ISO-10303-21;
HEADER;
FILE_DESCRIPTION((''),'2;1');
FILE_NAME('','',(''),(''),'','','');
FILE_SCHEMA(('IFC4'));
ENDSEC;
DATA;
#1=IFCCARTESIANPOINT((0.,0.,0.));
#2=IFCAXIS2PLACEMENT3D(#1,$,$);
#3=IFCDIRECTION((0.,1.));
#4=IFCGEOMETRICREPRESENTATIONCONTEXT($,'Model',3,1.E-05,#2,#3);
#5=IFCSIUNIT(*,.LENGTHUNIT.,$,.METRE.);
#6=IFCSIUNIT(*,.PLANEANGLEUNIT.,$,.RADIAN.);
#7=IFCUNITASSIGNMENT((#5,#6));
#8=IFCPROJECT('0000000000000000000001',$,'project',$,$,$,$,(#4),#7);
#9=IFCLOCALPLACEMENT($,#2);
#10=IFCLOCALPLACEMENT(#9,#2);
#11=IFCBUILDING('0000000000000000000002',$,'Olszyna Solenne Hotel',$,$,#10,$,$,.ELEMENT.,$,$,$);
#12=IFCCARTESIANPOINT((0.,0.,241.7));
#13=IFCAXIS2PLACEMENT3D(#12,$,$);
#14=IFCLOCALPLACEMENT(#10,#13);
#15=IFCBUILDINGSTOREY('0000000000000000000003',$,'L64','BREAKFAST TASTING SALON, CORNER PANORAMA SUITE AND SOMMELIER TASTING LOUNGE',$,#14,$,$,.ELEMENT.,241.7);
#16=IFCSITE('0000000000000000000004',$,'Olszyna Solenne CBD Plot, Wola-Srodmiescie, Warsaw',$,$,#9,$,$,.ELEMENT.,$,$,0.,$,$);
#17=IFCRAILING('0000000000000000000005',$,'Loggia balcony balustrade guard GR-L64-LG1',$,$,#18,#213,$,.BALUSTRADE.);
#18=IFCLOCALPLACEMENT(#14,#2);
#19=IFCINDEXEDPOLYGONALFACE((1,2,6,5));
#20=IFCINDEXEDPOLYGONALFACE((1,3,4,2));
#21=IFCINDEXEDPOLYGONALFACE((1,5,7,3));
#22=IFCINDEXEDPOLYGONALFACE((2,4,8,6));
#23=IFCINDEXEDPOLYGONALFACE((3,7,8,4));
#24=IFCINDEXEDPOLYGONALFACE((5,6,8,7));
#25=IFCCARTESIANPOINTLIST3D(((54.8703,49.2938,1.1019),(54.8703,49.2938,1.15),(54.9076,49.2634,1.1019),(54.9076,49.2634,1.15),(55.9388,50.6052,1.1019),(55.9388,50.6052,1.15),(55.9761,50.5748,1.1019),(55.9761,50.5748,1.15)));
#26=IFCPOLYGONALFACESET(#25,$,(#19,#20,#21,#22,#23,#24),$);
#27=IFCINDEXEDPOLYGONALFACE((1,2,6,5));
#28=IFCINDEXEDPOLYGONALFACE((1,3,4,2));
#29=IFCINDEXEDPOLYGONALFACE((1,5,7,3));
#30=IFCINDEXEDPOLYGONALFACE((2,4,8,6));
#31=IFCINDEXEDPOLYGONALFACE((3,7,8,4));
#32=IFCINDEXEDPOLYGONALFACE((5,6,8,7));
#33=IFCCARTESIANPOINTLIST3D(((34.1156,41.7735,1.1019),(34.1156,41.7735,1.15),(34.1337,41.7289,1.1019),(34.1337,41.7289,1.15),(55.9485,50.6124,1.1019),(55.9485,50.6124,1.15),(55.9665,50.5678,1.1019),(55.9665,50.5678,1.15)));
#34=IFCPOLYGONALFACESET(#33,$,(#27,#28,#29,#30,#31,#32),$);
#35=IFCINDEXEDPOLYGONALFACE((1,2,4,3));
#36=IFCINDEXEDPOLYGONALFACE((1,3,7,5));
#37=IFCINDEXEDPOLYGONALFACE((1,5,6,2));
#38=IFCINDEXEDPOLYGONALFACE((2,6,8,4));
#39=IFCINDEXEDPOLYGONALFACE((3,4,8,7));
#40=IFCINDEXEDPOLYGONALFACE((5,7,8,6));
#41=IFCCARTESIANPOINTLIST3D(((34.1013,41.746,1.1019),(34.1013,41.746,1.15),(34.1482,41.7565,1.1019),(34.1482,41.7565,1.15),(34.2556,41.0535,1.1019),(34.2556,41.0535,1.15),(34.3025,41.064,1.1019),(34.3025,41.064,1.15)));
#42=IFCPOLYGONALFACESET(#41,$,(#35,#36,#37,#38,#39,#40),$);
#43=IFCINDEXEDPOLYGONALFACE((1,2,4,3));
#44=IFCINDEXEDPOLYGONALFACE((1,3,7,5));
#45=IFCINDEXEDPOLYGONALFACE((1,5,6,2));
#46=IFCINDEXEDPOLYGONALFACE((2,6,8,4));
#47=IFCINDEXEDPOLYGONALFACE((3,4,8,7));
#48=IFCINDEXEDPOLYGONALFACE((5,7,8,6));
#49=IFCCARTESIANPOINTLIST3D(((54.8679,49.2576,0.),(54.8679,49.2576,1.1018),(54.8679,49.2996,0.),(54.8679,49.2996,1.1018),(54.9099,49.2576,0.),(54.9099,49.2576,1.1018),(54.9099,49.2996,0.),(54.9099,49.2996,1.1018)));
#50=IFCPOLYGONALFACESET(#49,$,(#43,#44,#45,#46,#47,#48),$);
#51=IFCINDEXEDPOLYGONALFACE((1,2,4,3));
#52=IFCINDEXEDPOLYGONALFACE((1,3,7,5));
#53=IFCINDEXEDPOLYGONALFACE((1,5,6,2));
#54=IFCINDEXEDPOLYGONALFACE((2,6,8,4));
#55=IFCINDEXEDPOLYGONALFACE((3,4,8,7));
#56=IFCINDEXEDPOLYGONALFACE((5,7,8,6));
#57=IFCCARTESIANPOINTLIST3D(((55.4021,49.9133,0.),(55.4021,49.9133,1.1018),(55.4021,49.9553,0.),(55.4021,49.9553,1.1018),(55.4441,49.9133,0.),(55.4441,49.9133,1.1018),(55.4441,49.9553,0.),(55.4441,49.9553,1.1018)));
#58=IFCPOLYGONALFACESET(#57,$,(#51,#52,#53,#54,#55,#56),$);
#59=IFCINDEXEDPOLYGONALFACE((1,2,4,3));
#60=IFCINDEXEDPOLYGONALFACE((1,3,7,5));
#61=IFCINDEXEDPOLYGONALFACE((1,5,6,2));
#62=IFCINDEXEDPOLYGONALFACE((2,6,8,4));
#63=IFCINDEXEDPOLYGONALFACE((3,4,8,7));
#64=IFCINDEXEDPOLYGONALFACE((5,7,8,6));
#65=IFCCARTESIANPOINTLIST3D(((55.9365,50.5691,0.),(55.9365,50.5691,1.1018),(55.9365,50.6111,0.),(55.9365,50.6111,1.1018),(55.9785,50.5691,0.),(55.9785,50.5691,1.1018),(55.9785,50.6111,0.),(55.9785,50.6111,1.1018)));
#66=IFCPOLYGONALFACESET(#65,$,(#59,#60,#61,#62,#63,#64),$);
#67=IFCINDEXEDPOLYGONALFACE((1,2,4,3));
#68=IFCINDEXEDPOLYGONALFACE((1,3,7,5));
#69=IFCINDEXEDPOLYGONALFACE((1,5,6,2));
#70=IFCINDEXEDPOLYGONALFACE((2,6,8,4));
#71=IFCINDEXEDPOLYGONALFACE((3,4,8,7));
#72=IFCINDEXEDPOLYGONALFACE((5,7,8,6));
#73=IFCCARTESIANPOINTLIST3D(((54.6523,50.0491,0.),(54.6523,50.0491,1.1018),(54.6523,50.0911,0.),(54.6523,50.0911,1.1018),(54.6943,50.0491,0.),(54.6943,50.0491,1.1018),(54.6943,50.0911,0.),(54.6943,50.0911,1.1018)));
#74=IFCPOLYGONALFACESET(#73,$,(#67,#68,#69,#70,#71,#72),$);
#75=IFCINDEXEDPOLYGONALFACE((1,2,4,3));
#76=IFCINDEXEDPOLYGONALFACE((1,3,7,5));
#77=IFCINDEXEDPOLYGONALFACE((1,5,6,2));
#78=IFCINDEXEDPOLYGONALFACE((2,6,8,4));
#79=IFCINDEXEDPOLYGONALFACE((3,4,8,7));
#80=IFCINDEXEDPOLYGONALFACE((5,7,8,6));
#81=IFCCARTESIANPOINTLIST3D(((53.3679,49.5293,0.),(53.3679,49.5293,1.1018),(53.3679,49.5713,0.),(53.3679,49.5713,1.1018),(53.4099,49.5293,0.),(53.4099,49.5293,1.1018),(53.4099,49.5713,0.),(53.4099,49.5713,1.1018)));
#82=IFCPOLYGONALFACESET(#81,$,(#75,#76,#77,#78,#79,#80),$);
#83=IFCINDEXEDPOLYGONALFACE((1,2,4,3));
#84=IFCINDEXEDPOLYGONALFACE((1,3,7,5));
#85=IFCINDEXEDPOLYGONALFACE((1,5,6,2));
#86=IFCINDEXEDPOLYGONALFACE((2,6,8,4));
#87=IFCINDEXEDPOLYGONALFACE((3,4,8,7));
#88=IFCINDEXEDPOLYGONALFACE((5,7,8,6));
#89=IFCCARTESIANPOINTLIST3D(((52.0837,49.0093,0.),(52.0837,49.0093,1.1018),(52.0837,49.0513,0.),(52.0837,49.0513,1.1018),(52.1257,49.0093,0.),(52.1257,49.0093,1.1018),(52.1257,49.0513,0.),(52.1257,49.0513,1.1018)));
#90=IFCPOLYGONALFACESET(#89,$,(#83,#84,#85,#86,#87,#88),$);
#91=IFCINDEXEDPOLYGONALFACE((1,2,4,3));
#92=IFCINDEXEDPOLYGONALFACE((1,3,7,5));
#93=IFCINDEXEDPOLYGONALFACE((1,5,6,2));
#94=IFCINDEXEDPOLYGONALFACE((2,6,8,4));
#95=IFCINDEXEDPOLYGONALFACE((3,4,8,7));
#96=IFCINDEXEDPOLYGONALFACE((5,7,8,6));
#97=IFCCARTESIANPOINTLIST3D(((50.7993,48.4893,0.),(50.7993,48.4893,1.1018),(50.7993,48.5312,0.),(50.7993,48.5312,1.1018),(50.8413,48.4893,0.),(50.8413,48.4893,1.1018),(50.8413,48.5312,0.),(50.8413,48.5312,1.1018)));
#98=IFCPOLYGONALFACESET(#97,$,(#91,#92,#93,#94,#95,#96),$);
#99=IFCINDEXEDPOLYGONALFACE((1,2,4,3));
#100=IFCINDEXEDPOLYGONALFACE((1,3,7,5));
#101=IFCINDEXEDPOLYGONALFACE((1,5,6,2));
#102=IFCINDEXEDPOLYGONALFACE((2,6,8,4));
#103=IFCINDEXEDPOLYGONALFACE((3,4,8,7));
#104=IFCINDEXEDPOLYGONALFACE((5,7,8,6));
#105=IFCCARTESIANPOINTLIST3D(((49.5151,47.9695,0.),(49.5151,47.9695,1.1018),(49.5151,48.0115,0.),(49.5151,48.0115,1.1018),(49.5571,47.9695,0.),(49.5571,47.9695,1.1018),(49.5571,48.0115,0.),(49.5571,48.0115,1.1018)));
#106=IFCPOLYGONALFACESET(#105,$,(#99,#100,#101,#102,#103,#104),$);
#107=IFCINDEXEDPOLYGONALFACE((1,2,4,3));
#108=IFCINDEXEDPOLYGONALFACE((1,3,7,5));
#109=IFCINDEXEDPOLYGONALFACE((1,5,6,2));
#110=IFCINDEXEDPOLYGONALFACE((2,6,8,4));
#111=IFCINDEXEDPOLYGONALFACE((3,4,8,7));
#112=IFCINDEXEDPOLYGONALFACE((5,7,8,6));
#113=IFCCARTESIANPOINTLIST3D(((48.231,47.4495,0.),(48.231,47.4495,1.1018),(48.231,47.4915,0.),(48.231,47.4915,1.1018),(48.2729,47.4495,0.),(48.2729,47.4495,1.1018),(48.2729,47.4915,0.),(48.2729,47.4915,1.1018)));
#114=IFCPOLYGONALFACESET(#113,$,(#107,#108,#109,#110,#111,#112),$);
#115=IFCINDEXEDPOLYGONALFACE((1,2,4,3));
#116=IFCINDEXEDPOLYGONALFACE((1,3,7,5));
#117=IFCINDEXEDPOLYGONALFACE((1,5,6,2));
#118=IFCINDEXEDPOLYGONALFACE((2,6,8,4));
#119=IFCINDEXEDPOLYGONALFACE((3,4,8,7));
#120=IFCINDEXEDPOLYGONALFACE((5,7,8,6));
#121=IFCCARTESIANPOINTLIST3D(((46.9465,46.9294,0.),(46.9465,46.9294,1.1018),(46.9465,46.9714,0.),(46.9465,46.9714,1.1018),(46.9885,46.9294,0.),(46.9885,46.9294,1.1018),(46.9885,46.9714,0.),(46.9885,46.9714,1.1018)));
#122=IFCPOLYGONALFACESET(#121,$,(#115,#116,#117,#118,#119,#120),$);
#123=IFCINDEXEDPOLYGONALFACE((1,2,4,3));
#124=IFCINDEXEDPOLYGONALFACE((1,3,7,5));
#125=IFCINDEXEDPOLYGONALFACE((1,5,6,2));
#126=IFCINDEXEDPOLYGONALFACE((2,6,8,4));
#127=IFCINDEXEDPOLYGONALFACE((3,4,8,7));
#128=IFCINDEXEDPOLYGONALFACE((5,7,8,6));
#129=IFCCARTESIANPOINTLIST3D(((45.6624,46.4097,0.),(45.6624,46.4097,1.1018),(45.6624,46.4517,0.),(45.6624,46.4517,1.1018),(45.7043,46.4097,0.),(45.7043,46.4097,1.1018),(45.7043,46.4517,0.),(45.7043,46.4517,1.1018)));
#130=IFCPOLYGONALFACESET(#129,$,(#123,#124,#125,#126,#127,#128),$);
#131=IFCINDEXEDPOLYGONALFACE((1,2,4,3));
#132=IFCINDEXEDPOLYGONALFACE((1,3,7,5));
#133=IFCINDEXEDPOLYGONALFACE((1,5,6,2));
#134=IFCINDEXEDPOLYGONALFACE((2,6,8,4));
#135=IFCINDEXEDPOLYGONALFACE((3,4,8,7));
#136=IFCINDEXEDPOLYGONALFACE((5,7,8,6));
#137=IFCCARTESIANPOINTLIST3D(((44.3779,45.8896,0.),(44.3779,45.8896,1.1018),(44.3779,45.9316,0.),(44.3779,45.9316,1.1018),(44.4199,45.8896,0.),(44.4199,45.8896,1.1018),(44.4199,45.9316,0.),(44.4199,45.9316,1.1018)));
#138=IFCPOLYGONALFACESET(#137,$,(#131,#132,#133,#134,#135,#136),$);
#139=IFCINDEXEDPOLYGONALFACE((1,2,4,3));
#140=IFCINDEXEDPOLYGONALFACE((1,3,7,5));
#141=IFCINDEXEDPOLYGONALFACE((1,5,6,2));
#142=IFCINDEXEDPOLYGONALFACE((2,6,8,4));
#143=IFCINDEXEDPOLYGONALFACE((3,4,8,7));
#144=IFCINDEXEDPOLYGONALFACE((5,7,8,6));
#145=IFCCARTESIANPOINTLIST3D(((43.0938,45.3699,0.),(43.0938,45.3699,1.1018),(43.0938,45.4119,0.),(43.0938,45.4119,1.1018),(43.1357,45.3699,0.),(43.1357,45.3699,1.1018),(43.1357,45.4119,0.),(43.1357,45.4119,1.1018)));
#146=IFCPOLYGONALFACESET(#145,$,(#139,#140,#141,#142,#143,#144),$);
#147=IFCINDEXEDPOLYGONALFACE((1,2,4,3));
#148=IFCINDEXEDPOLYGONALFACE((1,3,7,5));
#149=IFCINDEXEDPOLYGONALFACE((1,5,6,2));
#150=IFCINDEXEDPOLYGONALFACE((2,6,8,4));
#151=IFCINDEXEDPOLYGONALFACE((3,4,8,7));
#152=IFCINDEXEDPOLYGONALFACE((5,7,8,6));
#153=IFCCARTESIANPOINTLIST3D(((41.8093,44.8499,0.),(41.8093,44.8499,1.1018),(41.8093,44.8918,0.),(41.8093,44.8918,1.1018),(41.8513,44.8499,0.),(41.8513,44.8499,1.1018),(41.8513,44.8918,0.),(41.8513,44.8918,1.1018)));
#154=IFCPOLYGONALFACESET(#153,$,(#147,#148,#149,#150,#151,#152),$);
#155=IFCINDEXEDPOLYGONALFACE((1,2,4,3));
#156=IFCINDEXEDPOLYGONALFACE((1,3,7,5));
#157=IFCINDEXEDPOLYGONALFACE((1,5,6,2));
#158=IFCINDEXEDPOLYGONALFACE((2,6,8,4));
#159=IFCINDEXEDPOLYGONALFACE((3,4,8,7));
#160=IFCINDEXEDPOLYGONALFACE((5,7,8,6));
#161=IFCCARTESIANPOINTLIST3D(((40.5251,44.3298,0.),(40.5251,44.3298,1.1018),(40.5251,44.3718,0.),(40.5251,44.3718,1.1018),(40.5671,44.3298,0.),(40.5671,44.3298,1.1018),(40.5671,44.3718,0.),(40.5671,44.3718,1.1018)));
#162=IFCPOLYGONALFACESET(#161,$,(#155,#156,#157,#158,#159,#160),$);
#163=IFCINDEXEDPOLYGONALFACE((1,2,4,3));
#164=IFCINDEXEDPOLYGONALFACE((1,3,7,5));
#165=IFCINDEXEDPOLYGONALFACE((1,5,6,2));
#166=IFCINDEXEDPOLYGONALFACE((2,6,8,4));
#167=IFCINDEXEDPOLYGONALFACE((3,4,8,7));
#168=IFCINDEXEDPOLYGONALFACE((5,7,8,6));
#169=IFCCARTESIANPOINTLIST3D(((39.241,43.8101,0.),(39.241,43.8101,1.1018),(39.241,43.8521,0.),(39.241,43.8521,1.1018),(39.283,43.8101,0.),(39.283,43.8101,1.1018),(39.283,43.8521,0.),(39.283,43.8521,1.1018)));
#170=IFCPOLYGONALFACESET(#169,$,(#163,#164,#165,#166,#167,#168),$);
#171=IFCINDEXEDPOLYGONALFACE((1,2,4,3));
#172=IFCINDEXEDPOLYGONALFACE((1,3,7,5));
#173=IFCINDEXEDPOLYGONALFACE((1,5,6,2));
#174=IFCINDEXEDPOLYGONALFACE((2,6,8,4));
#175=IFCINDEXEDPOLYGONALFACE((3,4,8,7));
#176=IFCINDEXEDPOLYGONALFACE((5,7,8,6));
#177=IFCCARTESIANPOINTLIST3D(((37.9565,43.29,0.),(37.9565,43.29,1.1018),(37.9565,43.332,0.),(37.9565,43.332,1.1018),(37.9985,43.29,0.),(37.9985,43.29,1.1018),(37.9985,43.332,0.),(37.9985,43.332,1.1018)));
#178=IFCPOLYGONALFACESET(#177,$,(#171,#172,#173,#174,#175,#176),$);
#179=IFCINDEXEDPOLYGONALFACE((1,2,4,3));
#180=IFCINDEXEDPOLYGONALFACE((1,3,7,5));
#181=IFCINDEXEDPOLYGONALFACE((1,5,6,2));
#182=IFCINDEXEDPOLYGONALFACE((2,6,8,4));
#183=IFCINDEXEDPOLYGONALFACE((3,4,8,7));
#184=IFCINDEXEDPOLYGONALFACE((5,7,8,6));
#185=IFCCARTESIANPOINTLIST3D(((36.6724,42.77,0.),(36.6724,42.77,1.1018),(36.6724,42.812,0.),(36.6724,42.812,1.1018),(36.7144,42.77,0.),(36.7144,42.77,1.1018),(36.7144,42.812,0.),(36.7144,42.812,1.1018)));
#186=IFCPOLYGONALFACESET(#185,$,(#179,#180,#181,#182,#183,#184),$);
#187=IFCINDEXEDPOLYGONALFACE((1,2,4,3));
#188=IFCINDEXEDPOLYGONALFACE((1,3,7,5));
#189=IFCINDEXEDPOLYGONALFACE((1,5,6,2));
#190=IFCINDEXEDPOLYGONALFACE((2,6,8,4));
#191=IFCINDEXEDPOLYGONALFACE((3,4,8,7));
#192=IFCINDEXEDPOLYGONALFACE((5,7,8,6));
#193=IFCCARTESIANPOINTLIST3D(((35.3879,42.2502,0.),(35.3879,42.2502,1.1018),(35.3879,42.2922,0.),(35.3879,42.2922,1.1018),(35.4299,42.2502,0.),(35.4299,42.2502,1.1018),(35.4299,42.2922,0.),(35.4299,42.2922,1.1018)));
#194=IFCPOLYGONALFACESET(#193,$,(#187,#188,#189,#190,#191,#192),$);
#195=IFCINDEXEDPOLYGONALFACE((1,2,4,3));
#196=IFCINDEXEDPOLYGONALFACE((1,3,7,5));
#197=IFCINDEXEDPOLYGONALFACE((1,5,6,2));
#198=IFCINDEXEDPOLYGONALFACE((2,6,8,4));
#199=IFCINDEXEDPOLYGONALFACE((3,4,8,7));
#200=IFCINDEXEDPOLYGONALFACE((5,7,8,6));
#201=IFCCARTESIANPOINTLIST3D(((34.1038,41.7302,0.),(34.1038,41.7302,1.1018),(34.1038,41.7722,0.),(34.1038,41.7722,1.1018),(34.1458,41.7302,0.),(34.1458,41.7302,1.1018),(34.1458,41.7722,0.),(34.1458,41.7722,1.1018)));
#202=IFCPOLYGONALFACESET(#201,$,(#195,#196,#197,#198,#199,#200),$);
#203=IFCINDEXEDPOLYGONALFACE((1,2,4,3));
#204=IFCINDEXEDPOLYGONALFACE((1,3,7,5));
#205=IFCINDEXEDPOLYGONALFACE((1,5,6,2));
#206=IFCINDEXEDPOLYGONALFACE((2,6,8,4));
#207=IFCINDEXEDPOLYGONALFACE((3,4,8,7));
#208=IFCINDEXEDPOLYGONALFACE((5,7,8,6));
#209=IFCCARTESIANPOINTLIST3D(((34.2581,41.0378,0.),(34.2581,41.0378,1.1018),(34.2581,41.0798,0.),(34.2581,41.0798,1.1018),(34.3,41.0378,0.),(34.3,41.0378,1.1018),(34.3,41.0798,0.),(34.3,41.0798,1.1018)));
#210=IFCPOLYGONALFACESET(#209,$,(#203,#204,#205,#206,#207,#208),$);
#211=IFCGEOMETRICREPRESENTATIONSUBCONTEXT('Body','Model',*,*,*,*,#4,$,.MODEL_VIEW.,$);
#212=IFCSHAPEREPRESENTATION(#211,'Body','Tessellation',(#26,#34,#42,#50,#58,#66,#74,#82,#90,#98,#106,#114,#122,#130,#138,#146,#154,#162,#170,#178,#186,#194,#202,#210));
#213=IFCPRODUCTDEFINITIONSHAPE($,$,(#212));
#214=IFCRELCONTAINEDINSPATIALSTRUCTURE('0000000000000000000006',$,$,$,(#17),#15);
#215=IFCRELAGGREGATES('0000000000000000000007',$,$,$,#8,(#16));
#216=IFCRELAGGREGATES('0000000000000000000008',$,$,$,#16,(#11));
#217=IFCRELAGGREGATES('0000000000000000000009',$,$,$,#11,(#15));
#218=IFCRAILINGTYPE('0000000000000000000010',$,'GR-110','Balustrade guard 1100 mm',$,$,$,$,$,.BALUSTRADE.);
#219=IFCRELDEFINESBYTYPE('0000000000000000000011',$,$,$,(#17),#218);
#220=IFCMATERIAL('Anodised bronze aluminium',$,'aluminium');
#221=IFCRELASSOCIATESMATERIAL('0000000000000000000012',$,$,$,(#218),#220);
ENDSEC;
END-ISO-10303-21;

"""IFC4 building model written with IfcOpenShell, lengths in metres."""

from ifc_helpers import new_model, si_unit, direction, frame, origin, origin_2d, place, context, subcontext, project, spatial, rectangle, extrude, material, type_object, element, save


model = new_model("IFC4")

# Units and contexts
model_context = context("Model", 3, precision=1e-05, world=origin(), true_north=direction((0.0, 1.0)))
body_context = subcontext(model_context, "Body", "Model", "MODEL_VIEW")
ifc_project = project(units=[si_unit("LENGTHUNIT", "METRE"), si_unit("PLANEANGLEUNIT", "RADIAN")], contexts=[model_context])

# Site, building, storey
site_placement = place(None, origin())
site = spatial("IfcSite", under=ifc_project, at=site_placement, Name="Olszyna Solenne CBD Plot, Wola-Srodmiescie, Warsaw", CompositionType="ELEMENT", RefElevation=0.0)
building_placement = place(site_placement, origin())
building = spatial("IfcBuilding", under=site, at=building_placement, Name="Olszyna Solenne Hotel", CompositionType="ELEMENT")
storey_placement = place(building_placement, frame((0.0, 0.0, 241.7)))
storey = spatial("IfcBuildingStorey", under=building, at=storey_placement, Name="L64", Description="BREAKFAST TASTING SALON, CORNER PANORAMA SUITE AND SOMMELIER TASTING LOUNGE", CompositionType="ELEMENT", Elevation=241.7)

# Railing
ifc_material_1 = material(Name="Anodised bronze aluminium", Category="aluminium")
railing_type = type_object("IfcRailingType", Name="GR-110", Description="Balustrade guard 1100 mm", PredefinedType="BALUSTRADE", material=ifc_material_1)
railing_placement = place(storey_placement, frame((54.8889, 49.2786, 0.0)))
element("IfcRailing", 1, at=railing_placement, inside=storey, type_object=railing_type, Name="Loggia balcony balustrade guard GR-L64-LG1", PredefinedType="BALUSTRADE", context=body_context, shape_type="SweptSolid", body=[
    extrude(rectangle(XDim=0.0481, YDim=0.0481, at=origin_2d()), frame((0.0, 0.0, 1.126), z_axis=(0.631657, 0.775248, 0.0), x_axis=(-0.775248, 0.631657, 0.0)), (0.0, 0.0, 1.0), 1.6917),
    extrude(rectangle(XDim=0.0481, YDim=0.0481, at=origin_2d()), frame((1.0686, 1.3115, 1.126), z_axis=(-0.92692, -0.375258, 0.0), x_axis=(0.375258, -0.92692, 0.0)), (0.0, 0.0, 1.0), 23.5542),
    extrude(rectangle(XDim=0.0481, YDim=0.0481, at=origin_2d()), frame((-20.7642, -7.5273, 1.126), z_axis=(0.217513, -0.976057, 0.0), x_axis=(0.976057, 0.217513, 0.0)), (0.0, 0.0, 1.0), 0.7095),
    extrude(rectangle(XDim=0.042, YDim=0.042, at=origin_2d()), origin(), (0.0, 0.0, 1.0), 1.1018),
    extrude(rectangle(XDim=0.042, YDim=0.042, at=origin_2d()), frame((0.5342, 0.6558, 0.0)), (0.0, 0.0, 1.0), 1.1018),
    extrude(rectangle(XDim=0.042, YDim=0.042, at=origin_2d()), frame((1.0686, 1.3115, 0.0)), (0.0, 0.0, 1.0), 1.1018),
    extrude(rectangle(XDim=0.042, YDim=0.042, at=origin_2d()), frame((-0.2156, 0.7915, 0.0)), (0.0, 0.0, 1.0), 1.1018),
    extrude(rectangle(XDim=0.042, YDim=0.042, at=origin_2d()), frame((-1.5, 0.2717, 0.0)), (0.0, 0.0, 1.0), 1.1018),
    extrude(rectangle(XDim=0.042, YDim=0.042, at=origin_2d()), frame((-2.7842, -0.2483, 0.0)), (0.0, 0.0, 1.0), 1.1018),
    extrude(rectangle(XDim=0.042, YDim=0.042, at=origin_2d()), frame((-4.0686, -0.7683, 0.0)), (0.0, 0.0, 1.0), 1.1018),
    extrude(rectangle(XDim=0.042, YDim=0.042, at=origin_2d()), frame((-5.3528, -1.2881, 0.0)), (0.0, 0.0, 1.0), 1.1018),
    extrude(rectangle(XDim=0.042, YDim=0.042, at=origin_2d()), frame((-6.637, -1.8081, 0.0)), (0.0, 0.0, 1.0), 1.1018),
    extrude(rectangle(XDim=0.042, YDim=0.042, at=origin_2d()), frame((-7.9214, -2.3281, 0.0)), (0.0, 0.0, 1.0), 1.1018),
    extrude(rectangle(XDim=0.042, YDim=0.042, at=origin_2d()), frame((-9.2056, -2.8479, 0.0)), (0.0, 0.0, 1.0), 1.1018),
    extrude(rectangle(XDim=0.042, YDim=0.042, at=origin_2d()), frame((-10.49, -3.3679, 0.0)), (0.0, 0.0, 1.0), 1.1018),
    extrude(rectangle(XDim=0.042, YDim=0.042, at=origin_2d()), frame((-11.7742, -3.8877, 0.0)), (0.0, 0.0, 1.0), 1.1018),
    extrude(rectangle(XDim=0.042, YDim=0.042, at=origin_2d()), frame((-13.0586, -4.4077, 0.0)), (0.0, 0.0, 1.0), 1.1018),
    extrude(rectangle(XDim=0.042, YDim=0.042, at=origin_2d()), frame((-14.3428, -4.9277, 0.0)), (0.0, 0.0, 1.0), 1.1018),
    extrude(rectangle(XDim=0.042, YDim=0.042, at=origin_2d()), frame((-15.627, -5.4475, 0.0)), (0.0, 0.0, 1.0), 1.1018),
    extrude(rectangle(XDim=0.042, YDim=0.042, at=origin_2d()), frame((-16.9114, -5.9675, 0.0)), (0.0, 0.0, 1.0), 1.1018),
    extrude(rectangle(XDim=0.042, YDim=0.042, at=origin_2d()), frame((-18.1956, -6.4875, 0.0)), (0.0, 0.0, 1.0), 1.1018),
    extrude(rectangle(XDim=0.042, YDim=0.042, at=origin_2d()), frame((-19.48, -7.0073, 0.0)), (0.0, 0.0, 1.0), 1.1018),
    extrude(rectangle(XDim=0.042, YDim=0.042, at=origin_2d()), frame((-20.7642, -7.5273, 0.0)), (0.0, 0.0, 1.0), 1.1018),
    extrude(rectangle(XDim=0.042, YDim=0.042, at=origin_2d()), frame((-20.6099, -8.2197, 0.0)), (0.0, 0.0, 1.0), 1.1018),
])

save(model, "model.ifc")
